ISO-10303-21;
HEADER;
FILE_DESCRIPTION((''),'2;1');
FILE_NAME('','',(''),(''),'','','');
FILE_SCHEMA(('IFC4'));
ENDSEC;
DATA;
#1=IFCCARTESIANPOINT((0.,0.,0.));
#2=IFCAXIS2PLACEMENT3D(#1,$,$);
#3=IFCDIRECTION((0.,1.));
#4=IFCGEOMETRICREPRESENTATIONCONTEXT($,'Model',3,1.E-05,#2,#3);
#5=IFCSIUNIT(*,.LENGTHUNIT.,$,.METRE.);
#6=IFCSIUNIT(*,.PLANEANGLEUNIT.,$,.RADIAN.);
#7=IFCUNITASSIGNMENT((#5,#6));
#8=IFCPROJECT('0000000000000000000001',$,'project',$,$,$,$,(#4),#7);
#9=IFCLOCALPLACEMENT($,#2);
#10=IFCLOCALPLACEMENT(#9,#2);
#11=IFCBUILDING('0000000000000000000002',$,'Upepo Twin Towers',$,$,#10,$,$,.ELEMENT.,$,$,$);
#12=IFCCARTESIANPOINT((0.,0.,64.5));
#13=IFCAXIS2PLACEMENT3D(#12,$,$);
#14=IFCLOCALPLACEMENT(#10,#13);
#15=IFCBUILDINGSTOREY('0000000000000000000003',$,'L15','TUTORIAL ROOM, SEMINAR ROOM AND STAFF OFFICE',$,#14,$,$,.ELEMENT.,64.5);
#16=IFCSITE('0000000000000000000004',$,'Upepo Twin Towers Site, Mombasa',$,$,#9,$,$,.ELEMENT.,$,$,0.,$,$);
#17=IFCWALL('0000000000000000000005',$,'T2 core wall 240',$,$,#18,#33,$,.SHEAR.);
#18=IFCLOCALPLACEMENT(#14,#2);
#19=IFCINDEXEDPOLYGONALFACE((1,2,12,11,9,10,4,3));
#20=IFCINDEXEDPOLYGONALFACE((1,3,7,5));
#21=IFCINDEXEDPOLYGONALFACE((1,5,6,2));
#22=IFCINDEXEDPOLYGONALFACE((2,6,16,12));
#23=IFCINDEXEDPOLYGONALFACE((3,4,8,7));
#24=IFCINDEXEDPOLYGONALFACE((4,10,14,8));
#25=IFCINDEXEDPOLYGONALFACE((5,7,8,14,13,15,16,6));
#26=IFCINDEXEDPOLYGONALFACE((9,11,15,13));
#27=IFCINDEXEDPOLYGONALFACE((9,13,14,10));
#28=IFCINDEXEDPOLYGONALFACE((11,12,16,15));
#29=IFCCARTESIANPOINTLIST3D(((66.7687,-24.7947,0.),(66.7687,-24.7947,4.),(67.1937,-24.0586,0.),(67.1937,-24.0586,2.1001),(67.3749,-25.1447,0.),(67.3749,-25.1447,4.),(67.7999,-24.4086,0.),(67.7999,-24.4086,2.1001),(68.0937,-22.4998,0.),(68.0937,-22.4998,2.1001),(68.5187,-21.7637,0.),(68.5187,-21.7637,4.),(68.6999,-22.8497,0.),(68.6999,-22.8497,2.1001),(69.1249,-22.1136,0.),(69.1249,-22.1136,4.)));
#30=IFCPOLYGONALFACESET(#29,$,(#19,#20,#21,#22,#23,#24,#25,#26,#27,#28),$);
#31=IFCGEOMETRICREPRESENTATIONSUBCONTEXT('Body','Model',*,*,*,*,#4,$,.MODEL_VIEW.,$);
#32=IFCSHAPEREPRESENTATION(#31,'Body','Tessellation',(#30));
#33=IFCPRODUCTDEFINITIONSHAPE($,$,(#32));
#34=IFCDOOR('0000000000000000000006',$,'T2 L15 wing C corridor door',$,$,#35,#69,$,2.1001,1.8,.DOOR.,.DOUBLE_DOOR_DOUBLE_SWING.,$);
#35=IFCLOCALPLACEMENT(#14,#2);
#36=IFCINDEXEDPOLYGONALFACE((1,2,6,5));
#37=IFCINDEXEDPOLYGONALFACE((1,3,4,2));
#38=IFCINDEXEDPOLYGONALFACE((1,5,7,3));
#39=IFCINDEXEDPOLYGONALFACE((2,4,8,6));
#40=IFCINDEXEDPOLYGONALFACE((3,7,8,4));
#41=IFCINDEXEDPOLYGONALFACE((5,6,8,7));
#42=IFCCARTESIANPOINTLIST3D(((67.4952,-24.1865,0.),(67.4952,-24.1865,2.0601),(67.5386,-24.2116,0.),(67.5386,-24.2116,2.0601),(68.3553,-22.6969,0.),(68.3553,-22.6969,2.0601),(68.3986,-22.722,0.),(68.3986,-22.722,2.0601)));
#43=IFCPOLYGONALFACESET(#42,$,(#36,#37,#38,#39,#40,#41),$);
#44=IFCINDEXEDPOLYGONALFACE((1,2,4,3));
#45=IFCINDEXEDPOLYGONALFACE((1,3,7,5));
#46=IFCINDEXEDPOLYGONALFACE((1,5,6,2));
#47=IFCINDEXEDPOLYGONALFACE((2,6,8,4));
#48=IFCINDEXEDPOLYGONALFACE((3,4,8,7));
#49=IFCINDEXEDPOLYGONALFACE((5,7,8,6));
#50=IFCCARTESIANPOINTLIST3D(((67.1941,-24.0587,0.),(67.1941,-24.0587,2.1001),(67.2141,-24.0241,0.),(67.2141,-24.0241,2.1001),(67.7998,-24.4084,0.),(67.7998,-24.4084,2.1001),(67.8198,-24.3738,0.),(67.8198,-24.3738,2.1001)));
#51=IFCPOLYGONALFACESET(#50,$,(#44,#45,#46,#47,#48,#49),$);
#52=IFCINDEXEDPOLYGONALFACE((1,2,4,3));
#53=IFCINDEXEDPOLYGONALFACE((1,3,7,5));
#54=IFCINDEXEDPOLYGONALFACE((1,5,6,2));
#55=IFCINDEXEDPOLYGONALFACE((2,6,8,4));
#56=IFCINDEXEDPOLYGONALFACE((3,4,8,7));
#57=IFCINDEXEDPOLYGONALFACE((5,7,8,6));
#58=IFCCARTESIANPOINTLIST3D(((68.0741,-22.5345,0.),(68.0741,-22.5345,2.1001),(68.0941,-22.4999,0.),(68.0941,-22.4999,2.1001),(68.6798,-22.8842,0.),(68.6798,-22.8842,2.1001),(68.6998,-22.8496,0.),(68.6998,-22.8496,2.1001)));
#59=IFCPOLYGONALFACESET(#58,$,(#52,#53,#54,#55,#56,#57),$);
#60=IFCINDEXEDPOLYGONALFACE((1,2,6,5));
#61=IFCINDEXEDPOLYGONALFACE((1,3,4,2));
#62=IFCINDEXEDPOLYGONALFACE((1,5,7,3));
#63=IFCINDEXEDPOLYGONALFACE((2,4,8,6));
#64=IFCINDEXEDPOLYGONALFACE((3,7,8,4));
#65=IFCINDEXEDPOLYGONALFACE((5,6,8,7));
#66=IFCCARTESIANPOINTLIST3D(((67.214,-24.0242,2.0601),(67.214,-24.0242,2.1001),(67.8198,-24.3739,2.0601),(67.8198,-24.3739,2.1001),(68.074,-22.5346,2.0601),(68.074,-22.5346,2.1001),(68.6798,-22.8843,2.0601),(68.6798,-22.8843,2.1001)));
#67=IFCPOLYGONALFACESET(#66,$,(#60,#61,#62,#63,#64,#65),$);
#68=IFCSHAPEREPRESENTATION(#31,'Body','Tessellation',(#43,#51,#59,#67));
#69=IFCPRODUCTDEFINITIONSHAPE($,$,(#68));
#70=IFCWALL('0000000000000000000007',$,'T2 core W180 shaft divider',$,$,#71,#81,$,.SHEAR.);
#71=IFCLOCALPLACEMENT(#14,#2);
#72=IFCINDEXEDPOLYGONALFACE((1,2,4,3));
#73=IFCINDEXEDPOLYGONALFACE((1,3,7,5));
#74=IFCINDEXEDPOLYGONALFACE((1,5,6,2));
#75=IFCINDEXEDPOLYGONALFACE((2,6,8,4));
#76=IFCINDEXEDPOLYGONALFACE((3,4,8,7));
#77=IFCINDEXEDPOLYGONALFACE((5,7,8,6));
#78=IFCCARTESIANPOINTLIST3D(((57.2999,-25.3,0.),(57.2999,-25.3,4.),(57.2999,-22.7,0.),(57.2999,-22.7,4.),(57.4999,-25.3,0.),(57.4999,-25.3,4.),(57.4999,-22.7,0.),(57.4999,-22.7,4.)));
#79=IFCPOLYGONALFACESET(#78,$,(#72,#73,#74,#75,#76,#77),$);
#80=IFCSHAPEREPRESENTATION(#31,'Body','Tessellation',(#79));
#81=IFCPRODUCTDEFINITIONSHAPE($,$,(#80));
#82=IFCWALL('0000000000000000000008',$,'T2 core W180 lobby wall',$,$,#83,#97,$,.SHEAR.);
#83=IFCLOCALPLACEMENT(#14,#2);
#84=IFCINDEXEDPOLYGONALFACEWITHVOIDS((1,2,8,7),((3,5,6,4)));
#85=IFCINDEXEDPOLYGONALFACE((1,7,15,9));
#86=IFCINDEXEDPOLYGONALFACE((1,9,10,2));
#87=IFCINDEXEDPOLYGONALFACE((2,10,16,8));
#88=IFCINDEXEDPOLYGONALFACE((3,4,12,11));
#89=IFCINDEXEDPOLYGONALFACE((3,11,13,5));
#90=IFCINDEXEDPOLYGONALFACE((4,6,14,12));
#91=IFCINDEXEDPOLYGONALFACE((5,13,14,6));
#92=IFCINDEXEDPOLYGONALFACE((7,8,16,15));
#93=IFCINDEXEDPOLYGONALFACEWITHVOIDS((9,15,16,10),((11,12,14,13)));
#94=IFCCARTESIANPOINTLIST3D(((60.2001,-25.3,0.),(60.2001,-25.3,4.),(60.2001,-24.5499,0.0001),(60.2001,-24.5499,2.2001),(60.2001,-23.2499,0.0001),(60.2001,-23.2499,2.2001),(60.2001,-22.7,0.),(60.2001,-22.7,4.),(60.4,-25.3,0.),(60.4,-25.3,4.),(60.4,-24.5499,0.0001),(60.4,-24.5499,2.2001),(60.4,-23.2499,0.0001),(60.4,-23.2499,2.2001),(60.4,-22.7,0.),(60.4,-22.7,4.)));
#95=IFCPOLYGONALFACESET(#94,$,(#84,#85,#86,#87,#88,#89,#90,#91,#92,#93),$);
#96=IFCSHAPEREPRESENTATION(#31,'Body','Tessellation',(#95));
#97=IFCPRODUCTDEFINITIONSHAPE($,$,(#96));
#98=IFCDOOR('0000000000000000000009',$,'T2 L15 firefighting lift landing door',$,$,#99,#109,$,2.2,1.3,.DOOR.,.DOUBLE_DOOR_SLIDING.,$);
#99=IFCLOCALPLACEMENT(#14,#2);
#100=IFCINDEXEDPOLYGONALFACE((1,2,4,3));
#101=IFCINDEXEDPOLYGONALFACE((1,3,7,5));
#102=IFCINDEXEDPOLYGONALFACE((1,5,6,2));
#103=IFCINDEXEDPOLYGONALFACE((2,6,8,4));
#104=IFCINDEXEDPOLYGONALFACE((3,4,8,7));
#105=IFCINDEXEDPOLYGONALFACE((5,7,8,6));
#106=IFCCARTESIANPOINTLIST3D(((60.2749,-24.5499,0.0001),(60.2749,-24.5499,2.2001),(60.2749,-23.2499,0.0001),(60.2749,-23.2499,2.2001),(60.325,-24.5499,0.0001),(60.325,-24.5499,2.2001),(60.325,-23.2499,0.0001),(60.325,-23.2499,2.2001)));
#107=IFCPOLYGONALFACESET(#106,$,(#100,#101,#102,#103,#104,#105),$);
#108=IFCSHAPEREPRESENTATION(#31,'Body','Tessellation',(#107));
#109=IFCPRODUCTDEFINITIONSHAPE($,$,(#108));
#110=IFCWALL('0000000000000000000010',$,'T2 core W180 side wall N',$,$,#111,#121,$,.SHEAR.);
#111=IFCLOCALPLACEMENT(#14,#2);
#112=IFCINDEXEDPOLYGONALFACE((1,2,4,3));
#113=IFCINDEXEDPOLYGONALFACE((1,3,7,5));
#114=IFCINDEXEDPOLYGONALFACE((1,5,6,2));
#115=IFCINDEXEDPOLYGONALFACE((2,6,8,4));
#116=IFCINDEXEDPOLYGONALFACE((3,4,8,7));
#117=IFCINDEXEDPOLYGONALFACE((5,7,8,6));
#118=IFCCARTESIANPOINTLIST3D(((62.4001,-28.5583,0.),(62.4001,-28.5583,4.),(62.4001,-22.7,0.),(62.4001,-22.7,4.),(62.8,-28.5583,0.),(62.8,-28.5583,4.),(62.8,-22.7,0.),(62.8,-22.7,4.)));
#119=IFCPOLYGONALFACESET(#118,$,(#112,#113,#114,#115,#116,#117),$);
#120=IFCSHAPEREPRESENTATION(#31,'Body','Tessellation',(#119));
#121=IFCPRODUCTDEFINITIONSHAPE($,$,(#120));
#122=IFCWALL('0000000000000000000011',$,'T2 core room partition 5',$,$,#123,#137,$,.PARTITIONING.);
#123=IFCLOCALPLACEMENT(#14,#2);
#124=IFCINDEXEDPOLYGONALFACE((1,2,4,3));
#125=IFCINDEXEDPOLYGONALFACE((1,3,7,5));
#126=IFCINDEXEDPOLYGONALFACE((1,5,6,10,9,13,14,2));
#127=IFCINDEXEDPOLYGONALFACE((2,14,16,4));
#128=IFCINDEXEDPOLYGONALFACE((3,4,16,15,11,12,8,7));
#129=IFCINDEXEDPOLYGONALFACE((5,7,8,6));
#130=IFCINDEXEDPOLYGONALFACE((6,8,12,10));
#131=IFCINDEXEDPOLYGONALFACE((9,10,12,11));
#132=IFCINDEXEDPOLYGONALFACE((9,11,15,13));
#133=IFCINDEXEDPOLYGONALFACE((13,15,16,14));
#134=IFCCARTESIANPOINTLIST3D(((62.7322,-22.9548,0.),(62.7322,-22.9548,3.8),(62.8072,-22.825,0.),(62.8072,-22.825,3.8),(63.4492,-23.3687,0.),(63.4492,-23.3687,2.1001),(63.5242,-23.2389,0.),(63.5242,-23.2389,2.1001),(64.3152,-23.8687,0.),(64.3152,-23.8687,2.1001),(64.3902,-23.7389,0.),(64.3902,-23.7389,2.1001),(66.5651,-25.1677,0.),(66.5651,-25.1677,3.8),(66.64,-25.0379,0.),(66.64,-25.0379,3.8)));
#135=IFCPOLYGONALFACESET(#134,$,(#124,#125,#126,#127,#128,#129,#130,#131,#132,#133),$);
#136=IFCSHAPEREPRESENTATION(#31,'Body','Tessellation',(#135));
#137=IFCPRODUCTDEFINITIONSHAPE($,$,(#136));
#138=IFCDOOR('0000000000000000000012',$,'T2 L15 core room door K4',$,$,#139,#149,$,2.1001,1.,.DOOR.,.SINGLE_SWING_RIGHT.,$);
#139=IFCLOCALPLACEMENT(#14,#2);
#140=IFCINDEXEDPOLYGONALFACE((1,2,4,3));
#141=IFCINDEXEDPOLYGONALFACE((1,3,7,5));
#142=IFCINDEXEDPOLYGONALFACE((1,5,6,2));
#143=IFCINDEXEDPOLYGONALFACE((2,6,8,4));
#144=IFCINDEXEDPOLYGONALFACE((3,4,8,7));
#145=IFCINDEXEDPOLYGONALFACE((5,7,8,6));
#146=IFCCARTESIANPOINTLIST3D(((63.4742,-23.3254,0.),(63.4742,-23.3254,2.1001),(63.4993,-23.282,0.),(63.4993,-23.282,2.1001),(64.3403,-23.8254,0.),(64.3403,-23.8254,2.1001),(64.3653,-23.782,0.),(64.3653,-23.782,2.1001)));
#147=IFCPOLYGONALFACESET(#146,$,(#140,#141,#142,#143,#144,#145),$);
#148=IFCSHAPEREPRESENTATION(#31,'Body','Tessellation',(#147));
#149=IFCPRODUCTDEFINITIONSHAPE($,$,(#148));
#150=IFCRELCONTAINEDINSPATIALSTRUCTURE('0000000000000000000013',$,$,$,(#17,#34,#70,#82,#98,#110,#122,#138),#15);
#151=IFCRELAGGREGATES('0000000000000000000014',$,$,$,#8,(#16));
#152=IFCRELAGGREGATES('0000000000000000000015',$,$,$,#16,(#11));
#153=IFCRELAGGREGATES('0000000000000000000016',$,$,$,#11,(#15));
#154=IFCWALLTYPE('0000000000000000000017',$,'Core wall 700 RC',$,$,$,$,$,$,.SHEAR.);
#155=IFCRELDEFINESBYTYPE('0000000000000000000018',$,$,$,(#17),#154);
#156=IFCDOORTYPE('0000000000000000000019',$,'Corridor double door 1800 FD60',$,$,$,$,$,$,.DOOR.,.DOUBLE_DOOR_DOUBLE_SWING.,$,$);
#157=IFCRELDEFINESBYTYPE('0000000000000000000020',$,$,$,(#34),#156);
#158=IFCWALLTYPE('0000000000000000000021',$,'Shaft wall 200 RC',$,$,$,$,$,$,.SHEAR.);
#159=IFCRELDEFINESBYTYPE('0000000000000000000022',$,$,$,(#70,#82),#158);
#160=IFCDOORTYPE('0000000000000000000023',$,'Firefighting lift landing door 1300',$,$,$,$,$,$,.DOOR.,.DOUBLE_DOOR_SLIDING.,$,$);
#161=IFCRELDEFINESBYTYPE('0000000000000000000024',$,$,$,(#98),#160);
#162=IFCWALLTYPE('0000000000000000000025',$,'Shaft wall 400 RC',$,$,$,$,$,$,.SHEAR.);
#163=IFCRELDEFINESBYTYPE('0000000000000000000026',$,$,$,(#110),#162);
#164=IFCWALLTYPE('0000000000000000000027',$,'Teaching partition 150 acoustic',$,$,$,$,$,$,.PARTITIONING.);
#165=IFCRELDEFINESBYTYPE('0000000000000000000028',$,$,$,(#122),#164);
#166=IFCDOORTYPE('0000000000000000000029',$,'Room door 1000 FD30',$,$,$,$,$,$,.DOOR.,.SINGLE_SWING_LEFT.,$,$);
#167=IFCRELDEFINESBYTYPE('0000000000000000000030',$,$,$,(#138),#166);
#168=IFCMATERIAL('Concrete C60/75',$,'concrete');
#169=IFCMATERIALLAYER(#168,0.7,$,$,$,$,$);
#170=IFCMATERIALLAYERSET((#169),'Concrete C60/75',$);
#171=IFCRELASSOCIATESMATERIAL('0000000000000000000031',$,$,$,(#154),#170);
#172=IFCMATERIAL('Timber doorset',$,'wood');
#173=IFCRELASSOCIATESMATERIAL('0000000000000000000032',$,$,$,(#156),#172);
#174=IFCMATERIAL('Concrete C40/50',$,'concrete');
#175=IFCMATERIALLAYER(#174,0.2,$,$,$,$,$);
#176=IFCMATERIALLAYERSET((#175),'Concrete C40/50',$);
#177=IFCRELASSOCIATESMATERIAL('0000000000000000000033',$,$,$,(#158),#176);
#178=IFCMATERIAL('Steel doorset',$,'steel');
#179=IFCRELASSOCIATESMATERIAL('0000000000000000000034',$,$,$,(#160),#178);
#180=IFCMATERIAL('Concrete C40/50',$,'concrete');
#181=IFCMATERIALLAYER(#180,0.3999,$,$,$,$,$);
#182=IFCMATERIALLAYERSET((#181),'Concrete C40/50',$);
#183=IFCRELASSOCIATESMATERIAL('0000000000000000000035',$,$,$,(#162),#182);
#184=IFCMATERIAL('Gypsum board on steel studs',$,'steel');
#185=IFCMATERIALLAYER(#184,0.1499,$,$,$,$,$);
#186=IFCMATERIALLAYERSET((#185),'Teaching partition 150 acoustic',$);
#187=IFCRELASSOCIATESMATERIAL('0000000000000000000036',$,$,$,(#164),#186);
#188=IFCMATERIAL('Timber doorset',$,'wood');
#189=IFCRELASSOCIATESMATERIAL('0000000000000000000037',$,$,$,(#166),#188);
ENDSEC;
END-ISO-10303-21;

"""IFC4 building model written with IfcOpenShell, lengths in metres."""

from ifc_helpers import new_model, si_unit, direction, frame, frame_2d, origin, place, context, subcontext, project, spatial, rectangle, extrude, material, layer, layer_set, type_object, element, fill, save


model = new_model("IFC4")

# Units and contexts
model_context = context("Model", 3, precision=1e-05, world=origin(), true_north=direction((0.0, 1.0)))
body_context = subcontext(model_context, "Body", "Model", "MODEL_VIEW")
ifc_project = project(units=[si_unit("LENGTHUNIT", "METRE"), si_unit("PLANEANGLEUNIT", "RADIAN")], contexts=[model_context])

# Site, building, storey
site_placement = place(None, origin())
site = spatial("IfcSite", under=ifc_project, at=site_placement, Name="Upepo Twin Towers Site, Mombasa", CompositionType="ELEMENT", RefElevation=0.0)
building_placement = place(site_placement, origin())
building = spatial("IfcBuilding", under=site, at=building_placement, Name="Upepo Twin Towers", CompositionType="ELEMENT")
storey_placement = place(building_placement, frame((0.0, 0.0, 64.5)))
storey = spatial("IfcBuildingStorey", under=building, at=storey_placement, Name="L15", Description="TUTORIAL ROOM, SEMINAR ROOM AND STAFF OFFICE", CompositionType="ELEMENT", Elevation=64.5)

# Shared definitions
ifc_material_1 = material(Name="Concrete C60/75", Category="concrete")
ifc_layer_1 = layer(ifc_material_1, 0.7)
ifc_layer_set_1 = layer_set([ifc_layer_1], Name="Concrete C60/75")
wall_type_1 = type_object("IfcWallType", Name="Core wall 700 RC", PredefinedType="SHEAR", material=ifc_layer_set_1)

# Wall, opening, door
wall_1_placement = place(storey_placement, frame((67.0718, -24.9697, 0.0), z_axis=(0.0, 0.0, 1.0), x_axis=(0.50001, 0.866019, 0.0)))
wall_1 = element("IfcWall", 1, at=wall_1_placement, inside=storey, type_object=wall_type_1, Name="T2 core wall 240", PredefinedType="SHEAR", context=body_context, shape_type="SweptSolid", body=[
    extrude(rectangle(XDim=3.5, YDim=0.7, at=frame_2d((1.75, 0.0))), origin(), (0.0, 0.0, 1.0), 4.0),
])
opening_1_placement = place(wall_1_placement, frame((0.8501, 0.0, 0.0)))
opening_1 = element("IfcOpeningElement", 2, at=opening_1_placement, cuts=wall_1, PredefinedType="OPENING", context=body_context, shape_type="SweptSolid", body=[
    extrude(rectangle(XDim=1.8, YDim=2.1001, at=frame_2d((0.8999, 1.05))), frame((0.0, 0.3599, 0.0), z_axis=(0.0, -1.0, 0.0), x_axis=(1.0, 0.0, 0.0)), (0.0, 0.0, 1.0), 0.72),
])
ifc_material_2 = material(Name="Timber doorset", Category="wood")
door_type_1 = type_object("IfcDoorType", Name="Corridor double door 1800 FD60", OperationType="DOUBLE_DOOR_DOUBLE_SWING", PredefinedType="DOOR", material=ifc_material_2)
door_1_placement = place(opening_1_placement, origin())
door_1 = element("IfcDoor", 3, at=door_1_placement, inside=storey, type_object=door_type_1, Name="T2 L15 wing C corridor door", OperationType="DOUBLE_DOOR_DOUBLE_SWING", OverallHeight=2.1001, OverallWidth=1.8, PredefinedType="DOOR", context=body_context, shape_type="SweptSolid", body=[
    extrude(rectangle(XDim=1.72, YDim=2.0601, at=frame_2d((0.8999, 1.03))), frame((0.0, 0.0249, 0.0), z_axis=(0.0, -1.0, 0.0), x_axis=(1.0, 0.0, 0.0)), (0.0, 0.0, 1.0), 0.05),
    extrude(rectangle(XDim=0.04, YDim=2.1001, at=frame_2d((0.02, 1.05))), frame((0.0, 0.3496, 0.0), z_axis=(0.0, -1.0, 0.0), x_axis=(1.0, 0.0, 0.0)), (0.0, 0.0, 1.0), 0.6995),
    extrude(rectangle(XDim=0.04, YDim=2.1001, at=frame_2d((1.78, 1.05))), frame((0.0, 0.3496, 0.0), z_axis=(0.0, -1.0, 0.0), x_axis=(1.0, 0.0, 0.0)), (0.0, 0.0, 1.0), 0.6995),
    extrude(rectangle(XDim=1.72, YDim=0.04, at=frame_2d((0.8999, 2.0801))), frame((0.0, 0.3496, 0.0), z_axis=(0.0, -1.0, 0.0), x_axis=(1.0, 0.0, 0.0)), (0.0, 0.0, 1.0), 0.6995),
])
fill(opening_1, door_1)

# Wall
ifc_material_3 = material(Name="Concrete C40/50", Category="concrete")
ifc_layer_2 = layer(ifc_material_3, 0.2)
ifc_layer_set_2 = layer_set([ifc_layer_2], Name="Concrete C40/50")
wall_type_2 = type_object("IfcWallType", Name="Shaft wall 200 RC", PredefinedType="SHEAR", material=ifc_layer_set_2)
wall_2_placement = place(storey_placement, frame((57.3999, -22.7, 0.0), z_axis=(0.0, 0.0, 1.0), x_axis=(0.0, -1.0, 0.0)))
element("IfcWall", 4, at=wall_2_placement, inside=storey, type_object=wall_type_2, Name="T2 core W180 shaft divider", PredefinedType="SHEAR", context=body_context, shape_type="SweptSolid", body=[
    extrude(rectangle(XDim=2.6001, YDim=0.2, at=frame_2d((1.3, 0.0))), origin(), (0.0, 0.0, 1.0), 4.0),
])

# Wall, opening, door
wall_3_placement = place(storey_placement, frame((60.3, -22.7, 0.0), z_axis=(0.0, 0.0, 1.0), x_axis=(0.0, -1.0, 0.0)))
wall_3 = element("IfcWall", 5, at=wall_3_placement, inside=storey, type_object=wall_type_2, Name="T2 core W180 lobby wall", PredefinedType="SHEAR", context=body_context, shape_type="SweptSolid", body=[
    extrude(rectangle(XDim=2.6001, YDim=0.2, at=frame_2d((1.3, 0.0))), origin(), (0.0, 0.0, 1.0), 4.0),
])
opening_2_placement = place(wall_3_placement, frame((0.55, 0.0, 0.0)))
opening_2 = element("IfcOpeningElement", 6, at=opening_2_placement, cuts=wall_3, PredefinedType="OPENING", context=body_context, shape_type="SweptSolid", body=[
    extrude(rectangle(XDim=1.3, YDim=2.2, at=frame_2d((0.6499, 1.1001))), frame((0.0, 0.1099, 0.0), z_axis=(0.0, -1.0, 0.0), x_axis=(1.0, 0.0, 0.0)), (0.0, 0.0, 1.0), 0.22),
])
ifc_material_4 = material(Name="Steel doorset", Category="steel")
door_type_2 = type_object("IfcDoorType", Name="Firefighting lift landing door 1300", OperationType="DOUBLE_DOOR_SLIDING", PredefinedType="DOOR", material=ifc_material_4)
door_2_placement = place(opening_2_placement, origin())
door_2 = element("IfcDoor", 7, at=door_2_placement, inside=storey, type_object=door_type_2, Name="T2 L15 firefighting lift landing door", OperationType="DOUBLE_DOOR_SLIDING", OverallHeight=2.2, OverallWidth=1.3, PredefinedType="DOOR", context=body_context, shape_type="SweptSolid", body=[
    extrude(rectangle(XDim=1.3, YDim=2.2, at=frame_2d((0.6499, 1.1001))), frame((0.0, 0.0249, 0.0), z_axis=(0.0, -1.0, 0.0), x_axis=(1.0, 0.0, 0.0)), (0.0, 0.0, 1.0), 0.05),
])
fill(opening_2, door_2)

# Wall
ifc_material_5 = material(Name="Concrete C40/50", Category="concrete")
ifc_layer_3 = layer(ifc_material_5, 0.3999)
ifc_layer_set_3 = layer_set([ifc_layer_3], Name="Concrete C40/50")
wall_type_3 = type_object("IfcWallType", Name="Shaft wall 400 RC", PredefinedType="SHEAR", material=ifc_layer_set_3)
wall_4_placement = place(storey_placement, frame((62.6001, -22.7, 0.0), z_axis=(0.0, 0.0, 1.0), x_axis=(0.0, -1.0, 0.0)))
element("IfcWall", 8, at=wall_4_placement, inside=storey, type_object=wall_type_3, Name="T2 core W180 side wall N", PredefinedType="SHEAR", context=body_context, shape_type="SweptSolid", body=[
    extrude(rectangle(XDim=5.8584, YDim=0.3999, at=frame_2d((2.9292, 0.0))), origin(), (0.0, 0.0, 1.0), 4.0),
])

# Wall, opening, door
ifc_material_6 = material(Name="Gypsum board on steel studs", Category="steel")
ifc_layer_4 = layer(ifc_material_6, 0.1499)
ifc_layer_set_4 = layer_set([ifc_layer_4], Name="Teaching partition 150 acoustic")
wall_type_4 = type_object("IfcWallType", Name="Teaching partition 150 acoustic", PredefinedType="PARTITIONING", material=ifc_layer_set_4)
wall_5_placement = place(storey_placement, frame((66.6025, -25.1028, 0.0), z_axis=(0.0, 0.0, 1.0), x_axis=(-0.866021, 0.500007, 0.0)))
wall_5 = element("IfcWall", 9, at=wall_5_placement, inside=storey, type_object=wall_type_4, Name="T2 core room partition 5", PredefinedType="PARTITIONING", context=body_context, shape_type="SweptSolid", body=[
    extrude(rectangle(XDim=4.4258, YDim=0.1499, at=frame_2d((2.2129, 0.0))), origin(), (0.0, 0.0, 1.0), 3.8),
])
opening_3_placement = place(wall_5_placement, frame((2.5979, 0.0, 0.0)))
opening_3 = element("IfcOpeningElement", 10, at=opening_3_placement, cuts=wall_5, PredefinedType="OPENING", context=body_context, shape_type="SweptSolid", body=[
    extrude(rectangle(XDim=1.0, YDim=2.1001, at=frame_2d((0.5, 1.05))), frame((0.0, 0.085, 0.0), z_axis=(0.0, -1.0, 0.0), x_axis=(1.0, 0.0, 0.0)), (0.0, 0.0, 1.0), 0.1699),
])
ifc_material_7 = material(Name="Timber doorset", Category="wood")
door_type_3 = type_object("IfcDoorType", Name="Room door 1000 FD30", OperationType="SINGLE_SWING_LEFT", PredefinedType="DOOR", material=ifc_material_7)
door_3_placement = place(opening_3_placement, origin())
door_3 = element("IfcDoor", 11, at=door_3_placement, inside=storey, type_object=door_type_3, Name="T2 L15 core room door K4", OperationType="SINGLE_SWING_RIGHT", OverallHeight=2.1001, OverallWidth=1.0, PredefinedType="DOOR", context=body_context, shape_type="SweptSolid", body=[
    extrude(rectangle(XDim=1.0, YDim=2.1001, at=frame_2d((0.5, 1.05))), frame((0.0, 0.0249, 0.0), z_axis=(0.0, -1.0, 0.0), x_axis=(1.0, 0.0, 0.0)), (0.0, 0.0, 1.0), 0.05),
])
fill(opening_3, door_3)

save(model, "model.ifc")
